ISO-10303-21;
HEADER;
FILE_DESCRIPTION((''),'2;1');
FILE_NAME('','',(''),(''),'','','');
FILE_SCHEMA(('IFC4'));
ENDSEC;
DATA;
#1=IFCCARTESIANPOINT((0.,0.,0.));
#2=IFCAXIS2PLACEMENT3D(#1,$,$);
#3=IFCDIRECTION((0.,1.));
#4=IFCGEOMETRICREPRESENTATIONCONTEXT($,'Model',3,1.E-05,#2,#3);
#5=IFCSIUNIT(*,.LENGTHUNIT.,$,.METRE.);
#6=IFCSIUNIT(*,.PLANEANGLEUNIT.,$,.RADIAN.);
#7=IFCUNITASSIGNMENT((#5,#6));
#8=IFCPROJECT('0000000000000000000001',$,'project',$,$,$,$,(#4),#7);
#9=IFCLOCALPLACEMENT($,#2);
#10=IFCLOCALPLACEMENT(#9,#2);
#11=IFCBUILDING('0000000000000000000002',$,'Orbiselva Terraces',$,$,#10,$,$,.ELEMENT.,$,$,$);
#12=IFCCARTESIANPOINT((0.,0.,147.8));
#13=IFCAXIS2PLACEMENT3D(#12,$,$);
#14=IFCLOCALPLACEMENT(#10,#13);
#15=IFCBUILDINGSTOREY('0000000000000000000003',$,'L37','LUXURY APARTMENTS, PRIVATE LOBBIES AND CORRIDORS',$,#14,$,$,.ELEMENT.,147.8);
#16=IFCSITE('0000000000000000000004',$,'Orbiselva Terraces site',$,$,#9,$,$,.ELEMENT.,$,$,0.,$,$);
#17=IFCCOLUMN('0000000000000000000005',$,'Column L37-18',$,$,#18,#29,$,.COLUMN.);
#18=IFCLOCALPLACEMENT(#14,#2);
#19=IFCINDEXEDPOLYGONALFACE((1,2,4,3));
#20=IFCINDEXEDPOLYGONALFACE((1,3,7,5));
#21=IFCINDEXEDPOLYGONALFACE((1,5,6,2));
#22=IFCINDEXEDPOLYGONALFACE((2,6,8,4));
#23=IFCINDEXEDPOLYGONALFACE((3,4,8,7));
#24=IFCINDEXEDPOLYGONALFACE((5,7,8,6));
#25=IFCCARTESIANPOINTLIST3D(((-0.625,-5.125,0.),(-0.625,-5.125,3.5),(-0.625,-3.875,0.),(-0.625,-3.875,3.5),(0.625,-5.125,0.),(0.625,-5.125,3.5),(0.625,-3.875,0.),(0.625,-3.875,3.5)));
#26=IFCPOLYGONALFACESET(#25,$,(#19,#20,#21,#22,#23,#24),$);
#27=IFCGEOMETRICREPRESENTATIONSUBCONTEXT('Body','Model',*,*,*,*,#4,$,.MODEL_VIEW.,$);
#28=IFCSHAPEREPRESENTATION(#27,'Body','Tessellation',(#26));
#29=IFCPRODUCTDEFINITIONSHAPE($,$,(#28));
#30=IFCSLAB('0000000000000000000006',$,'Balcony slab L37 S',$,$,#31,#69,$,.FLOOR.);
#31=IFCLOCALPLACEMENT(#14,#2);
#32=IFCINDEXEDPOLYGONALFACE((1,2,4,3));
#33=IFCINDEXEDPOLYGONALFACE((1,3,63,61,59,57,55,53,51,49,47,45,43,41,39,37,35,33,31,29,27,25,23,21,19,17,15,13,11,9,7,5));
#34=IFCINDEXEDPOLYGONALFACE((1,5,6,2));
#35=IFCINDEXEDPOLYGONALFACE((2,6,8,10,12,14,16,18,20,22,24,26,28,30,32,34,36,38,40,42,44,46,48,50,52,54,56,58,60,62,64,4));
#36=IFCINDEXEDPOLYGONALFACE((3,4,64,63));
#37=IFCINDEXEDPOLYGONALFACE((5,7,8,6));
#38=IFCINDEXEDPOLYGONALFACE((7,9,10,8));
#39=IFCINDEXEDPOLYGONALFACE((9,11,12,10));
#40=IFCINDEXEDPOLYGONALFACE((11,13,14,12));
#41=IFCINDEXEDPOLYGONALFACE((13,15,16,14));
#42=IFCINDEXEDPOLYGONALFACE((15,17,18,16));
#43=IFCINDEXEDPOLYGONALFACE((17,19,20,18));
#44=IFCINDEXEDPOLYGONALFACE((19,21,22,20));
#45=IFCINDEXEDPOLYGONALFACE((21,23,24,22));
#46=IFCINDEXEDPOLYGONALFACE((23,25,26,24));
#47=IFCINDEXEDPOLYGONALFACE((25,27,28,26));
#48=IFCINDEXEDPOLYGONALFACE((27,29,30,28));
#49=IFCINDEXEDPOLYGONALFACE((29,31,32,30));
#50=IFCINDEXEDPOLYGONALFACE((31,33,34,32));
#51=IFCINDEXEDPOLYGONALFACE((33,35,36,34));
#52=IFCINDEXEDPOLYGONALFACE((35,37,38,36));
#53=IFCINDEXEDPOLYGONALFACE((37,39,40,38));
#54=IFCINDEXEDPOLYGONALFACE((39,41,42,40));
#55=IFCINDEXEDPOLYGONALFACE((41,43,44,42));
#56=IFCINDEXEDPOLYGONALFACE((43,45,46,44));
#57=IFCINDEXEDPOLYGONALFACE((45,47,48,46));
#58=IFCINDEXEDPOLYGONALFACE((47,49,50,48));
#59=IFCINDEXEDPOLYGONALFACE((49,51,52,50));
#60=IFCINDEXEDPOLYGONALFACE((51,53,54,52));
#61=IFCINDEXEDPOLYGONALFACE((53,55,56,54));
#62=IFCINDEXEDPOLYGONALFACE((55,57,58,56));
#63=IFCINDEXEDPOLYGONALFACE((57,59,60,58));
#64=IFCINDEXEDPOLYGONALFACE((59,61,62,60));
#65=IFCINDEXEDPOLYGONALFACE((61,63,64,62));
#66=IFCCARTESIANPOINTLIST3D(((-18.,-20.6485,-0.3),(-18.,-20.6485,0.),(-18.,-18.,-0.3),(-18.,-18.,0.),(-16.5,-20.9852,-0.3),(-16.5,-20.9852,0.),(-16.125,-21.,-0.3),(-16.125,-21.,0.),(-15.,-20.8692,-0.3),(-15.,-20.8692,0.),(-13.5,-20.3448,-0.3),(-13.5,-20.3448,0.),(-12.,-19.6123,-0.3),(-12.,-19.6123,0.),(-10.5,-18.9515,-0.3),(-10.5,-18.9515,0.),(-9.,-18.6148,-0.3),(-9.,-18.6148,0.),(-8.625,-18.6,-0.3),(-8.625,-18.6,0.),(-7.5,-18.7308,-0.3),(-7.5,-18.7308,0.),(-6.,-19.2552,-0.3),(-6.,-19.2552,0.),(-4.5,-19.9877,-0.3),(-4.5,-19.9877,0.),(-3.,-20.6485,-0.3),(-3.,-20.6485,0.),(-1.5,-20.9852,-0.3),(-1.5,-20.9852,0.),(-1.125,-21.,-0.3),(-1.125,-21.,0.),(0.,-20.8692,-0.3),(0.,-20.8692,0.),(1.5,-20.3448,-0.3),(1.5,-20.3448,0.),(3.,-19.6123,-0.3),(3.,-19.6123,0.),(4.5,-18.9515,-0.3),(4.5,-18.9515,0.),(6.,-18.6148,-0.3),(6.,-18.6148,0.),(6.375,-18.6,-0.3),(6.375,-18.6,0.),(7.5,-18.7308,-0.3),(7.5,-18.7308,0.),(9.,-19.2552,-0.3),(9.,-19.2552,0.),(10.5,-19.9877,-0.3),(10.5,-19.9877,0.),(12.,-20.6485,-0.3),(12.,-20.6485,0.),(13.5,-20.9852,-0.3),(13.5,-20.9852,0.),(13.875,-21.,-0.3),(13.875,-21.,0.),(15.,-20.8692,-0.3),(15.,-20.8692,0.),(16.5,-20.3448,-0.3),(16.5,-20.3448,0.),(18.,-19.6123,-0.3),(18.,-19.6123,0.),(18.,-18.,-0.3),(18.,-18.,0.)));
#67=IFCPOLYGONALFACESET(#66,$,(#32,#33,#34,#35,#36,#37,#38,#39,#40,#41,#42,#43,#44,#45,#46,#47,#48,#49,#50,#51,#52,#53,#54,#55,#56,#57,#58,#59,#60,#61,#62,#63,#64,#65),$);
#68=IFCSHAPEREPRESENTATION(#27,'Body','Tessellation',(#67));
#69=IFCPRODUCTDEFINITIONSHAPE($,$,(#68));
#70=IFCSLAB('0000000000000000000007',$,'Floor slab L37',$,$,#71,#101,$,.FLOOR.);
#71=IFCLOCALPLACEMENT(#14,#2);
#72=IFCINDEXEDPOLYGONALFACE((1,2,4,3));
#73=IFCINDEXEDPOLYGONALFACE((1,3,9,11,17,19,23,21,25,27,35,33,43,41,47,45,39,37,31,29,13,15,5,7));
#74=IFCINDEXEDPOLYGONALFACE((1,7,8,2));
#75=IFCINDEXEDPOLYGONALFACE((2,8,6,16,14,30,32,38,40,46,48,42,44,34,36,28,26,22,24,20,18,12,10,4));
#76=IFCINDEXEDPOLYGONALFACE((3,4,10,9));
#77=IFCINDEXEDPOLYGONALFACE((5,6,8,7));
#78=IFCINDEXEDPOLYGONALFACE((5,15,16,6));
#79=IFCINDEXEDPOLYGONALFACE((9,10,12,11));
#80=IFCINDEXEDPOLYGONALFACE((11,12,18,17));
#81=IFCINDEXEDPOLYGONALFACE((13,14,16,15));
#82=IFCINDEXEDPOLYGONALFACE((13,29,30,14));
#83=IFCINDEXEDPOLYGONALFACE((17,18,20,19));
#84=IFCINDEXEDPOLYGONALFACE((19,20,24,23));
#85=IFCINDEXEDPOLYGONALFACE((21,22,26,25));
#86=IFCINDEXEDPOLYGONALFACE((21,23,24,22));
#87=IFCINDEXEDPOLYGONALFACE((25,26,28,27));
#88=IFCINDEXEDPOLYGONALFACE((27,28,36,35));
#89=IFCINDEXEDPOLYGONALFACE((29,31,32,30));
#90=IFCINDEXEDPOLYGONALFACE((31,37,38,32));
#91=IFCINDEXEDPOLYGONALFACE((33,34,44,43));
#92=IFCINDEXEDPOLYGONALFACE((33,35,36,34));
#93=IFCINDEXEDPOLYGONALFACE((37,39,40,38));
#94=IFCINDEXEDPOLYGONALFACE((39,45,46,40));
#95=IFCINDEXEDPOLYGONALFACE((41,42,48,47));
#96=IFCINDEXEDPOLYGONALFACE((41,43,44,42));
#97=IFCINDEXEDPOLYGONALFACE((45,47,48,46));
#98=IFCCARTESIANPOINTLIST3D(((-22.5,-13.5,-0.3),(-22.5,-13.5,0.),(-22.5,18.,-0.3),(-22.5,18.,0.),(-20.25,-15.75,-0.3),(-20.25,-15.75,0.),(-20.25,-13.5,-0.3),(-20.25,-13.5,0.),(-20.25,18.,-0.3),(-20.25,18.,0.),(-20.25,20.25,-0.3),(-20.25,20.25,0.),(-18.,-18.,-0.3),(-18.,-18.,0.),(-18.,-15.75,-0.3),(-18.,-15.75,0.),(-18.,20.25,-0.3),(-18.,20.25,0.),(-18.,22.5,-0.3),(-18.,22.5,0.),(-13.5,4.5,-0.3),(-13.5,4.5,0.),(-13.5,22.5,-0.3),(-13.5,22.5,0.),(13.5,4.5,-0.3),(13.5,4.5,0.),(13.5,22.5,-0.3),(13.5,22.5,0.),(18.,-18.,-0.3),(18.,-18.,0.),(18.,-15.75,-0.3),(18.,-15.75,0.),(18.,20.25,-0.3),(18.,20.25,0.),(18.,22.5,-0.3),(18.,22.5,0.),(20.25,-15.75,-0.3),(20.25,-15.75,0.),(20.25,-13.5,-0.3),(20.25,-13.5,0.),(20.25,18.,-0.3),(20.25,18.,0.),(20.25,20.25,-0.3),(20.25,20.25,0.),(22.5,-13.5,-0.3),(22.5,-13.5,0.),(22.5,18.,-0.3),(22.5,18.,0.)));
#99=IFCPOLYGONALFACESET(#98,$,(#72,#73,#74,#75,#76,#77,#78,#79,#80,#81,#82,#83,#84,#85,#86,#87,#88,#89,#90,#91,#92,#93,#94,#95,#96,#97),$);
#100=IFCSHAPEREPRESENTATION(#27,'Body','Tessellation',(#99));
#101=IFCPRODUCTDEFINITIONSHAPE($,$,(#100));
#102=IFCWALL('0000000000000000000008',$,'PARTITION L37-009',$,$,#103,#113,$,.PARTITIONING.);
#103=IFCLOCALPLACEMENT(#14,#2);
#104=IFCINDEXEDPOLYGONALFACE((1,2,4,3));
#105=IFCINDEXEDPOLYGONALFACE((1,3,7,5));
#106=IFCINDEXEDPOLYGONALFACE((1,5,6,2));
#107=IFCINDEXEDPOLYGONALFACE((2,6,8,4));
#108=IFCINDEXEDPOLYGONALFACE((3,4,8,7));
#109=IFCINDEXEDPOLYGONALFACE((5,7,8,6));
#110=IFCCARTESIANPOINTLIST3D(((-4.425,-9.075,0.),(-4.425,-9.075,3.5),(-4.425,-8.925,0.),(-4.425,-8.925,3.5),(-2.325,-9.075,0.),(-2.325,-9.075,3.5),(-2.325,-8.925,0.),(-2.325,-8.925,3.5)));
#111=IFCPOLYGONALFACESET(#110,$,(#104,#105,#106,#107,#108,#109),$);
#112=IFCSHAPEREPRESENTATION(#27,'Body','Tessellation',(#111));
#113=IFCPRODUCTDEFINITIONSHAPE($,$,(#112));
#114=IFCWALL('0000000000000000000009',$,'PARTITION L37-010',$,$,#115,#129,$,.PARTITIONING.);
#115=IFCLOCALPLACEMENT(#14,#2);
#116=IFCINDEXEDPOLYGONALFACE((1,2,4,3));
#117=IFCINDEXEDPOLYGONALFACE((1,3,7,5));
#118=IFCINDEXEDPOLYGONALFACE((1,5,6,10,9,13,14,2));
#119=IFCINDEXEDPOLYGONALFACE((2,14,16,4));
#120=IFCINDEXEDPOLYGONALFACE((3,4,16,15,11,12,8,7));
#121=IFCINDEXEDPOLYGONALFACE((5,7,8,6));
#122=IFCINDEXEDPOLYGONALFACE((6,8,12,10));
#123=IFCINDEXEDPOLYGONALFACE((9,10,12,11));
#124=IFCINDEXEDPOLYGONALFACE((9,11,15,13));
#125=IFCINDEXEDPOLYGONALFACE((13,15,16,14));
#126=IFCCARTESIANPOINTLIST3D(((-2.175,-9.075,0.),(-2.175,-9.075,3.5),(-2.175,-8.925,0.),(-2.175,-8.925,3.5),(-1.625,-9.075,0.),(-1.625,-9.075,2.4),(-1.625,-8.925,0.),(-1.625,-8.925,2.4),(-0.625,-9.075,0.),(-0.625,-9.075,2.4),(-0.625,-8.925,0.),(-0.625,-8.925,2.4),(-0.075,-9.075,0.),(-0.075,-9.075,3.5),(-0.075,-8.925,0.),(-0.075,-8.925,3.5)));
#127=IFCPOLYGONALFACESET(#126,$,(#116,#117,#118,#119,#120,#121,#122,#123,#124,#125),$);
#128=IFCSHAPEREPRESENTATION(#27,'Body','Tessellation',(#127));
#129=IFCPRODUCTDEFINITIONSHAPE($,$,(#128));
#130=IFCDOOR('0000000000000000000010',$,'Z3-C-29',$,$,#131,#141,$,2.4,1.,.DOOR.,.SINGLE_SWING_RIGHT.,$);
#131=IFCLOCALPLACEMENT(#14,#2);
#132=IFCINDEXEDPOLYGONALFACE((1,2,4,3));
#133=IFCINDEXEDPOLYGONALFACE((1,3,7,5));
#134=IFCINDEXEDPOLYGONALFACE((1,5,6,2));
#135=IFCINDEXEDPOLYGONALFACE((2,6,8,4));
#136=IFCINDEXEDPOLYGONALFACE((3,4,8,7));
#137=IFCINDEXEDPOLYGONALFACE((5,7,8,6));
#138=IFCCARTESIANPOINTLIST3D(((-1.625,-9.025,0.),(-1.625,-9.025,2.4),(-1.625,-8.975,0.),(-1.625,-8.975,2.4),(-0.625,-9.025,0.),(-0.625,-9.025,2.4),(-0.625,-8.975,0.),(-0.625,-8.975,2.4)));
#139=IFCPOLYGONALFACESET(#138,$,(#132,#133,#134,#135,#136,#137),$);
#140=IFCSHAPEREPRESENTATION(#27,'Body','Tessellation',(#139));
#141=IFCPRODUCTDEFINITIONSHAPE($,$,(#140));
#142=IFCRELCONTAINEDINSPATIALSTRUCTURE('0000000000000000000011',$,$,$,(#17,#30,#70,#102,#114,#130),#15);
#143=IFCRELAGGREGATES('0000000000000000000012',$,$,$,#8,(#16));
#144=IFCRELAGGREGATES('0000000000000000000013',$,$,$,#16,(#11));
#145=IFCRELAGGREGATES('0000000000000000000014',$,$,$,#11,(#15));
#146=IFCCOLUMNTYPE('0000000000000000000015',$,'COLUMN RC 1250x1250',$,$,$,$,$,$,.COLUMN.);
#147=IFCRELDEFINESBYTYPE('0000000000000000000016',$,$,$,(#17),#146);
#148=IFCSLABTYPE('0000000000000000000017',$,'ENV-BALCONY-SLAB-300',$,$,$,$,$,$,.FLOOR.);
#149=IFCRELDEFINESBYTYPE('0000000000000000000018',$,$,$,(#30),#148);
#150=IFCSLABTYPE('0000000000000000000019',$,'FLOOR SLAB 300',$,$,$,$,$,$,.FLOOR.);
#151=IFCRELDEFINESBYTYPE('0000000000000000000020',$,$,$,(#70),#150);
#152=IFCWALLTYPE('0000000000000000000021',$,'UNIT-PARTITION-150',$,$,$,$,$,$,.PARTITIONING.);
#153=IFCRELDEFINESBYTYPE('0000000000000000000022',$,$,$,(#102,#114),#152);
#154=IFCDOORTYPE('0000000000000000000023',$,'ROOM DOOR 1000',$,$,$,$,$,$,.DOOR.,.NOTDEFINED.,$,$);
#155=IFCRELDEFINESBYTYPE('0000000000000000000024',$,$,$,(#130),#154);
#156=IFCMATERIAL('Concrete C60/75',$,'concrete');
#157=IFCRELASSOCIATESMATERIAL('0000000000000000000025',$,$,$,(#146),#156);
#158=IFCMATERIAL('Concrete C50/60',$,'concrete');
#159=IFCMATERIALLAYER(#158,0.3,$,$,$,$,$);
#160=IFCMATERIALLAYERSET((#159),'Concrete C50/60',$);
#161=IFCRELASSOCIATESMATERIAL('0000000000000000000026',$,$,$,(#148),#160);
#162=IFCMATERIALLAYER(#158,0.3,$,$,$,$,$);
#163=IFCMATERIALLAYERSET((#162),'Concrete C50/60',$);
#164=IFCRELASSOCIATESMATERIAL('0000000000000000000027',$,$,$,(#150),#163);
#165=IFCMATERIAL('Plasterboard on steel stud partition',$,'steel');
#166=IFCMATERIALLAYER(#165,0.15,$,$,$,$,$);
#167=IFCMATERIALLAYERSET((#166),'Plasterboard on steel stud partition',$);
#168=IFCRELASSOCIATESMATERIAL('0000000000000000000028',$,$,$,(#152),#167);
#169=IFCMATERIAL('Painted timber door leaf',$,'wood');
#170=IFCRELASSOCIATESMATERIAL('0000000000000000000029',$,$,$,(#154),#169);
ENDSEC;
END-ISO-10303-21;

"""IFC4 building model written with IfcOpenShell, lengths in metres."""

from ifc_helpers import new_model, si_unit, direction, frame, frame_2d, origin, origin_2d, place, context, subcontext, project, spatial, polyline, rectangle, outline, extrude, material, layer, layer_set, material_profile, profile_set, type_object, element, fill, save


model = new_model("IFC4")

# Units and contexts
model_context = context("Model", 3, precision=1e-05, world=origin(), true_north=direction((0.0, 1.0)))
body_context = subcontext(model_context, "Body", "Model", "MODEL_VIEW")
ifc_project = project(units=[si_unit("LENGTHUNIT", "METRE"), si_unit("PLANEANGLEUNIT", "RADIAN")], contexts=[model_context])

# Site, building, storey
site_placement = place(None, origin())
site = spatial("IfcSite", under=ifc_project, at=site_placement, Name="Orbiselva Terraces site", CompositionType="ELEMENT", RefElevation=0.0)
building_placement = place(site_placement, origin())
building = spatial("IfcBuilding", under=site, at=building_placement, Name="Orbiselva Terraces", CompositionType="ELEMENT")
storey_placement = place(building_placement, frame((0.0, 0.0, 147.8)))
storey = spatial("IfcBuildingStorey", under=building, at=storey_placement, Name="L37", Description="LUXURY APARTMENTS, PRIVATE LOBBIES AND CORRIDORS", CompositionType="ELEMENT", Elevation=147.8)

# Column
ifc_material_1 = material(Name="Concrete C60/75", Category="concrete")
ifc_material_profile = material_profile(ifc_material_1, rectangle(XDim=1.25, YDim=1.25, at=origin_2d()), Name="RC 1250x1250")
ifc_profile_set = profile_set([ifc_material_profile], Name="Concrete C60/75")
column_type = type_object("IfcColumnType", Name="COLUMN RC 1250x1250", PredefinedType="COLUMN", material=ifc_profile_set)
column_placement = place(storey_placement, frame((0.0, -4.5, 0.0), z_axis=(0.0, 0.0, 1.0), x_axis=(1.0, 0.0, 0.0)))
element("IfcColumn", 1, at=column_placement, inside=storey, type_object=column_type, Name="Column L37-18", PredefinedType="COLUMN", context=body_context, shape_type="SweptSolid", body=[
    extrude(rectangle(XDim=1.25, YDim=1.25, at=origin_2d()), origin(), (0.0, 0.0, 1.0), 3.5),
])

# Slabs
ifc_material_2 = material(Name="Concrete C50/60", Category="concrete")
ifc_layer_1 = layer(ifc_material_2, 0.3)
ifc_layer_set_1 = layer_set([ifc_layer_1], Name="Concrete C50/60")
slab_type_1 = type_object("IfcSlabType", Name="ENV-BALCONY-SLAB-300", PredefinedType="FLOOR", material=ifc_layer_set_1)
slab_1_placement = place(storey_placement, frame((0.0, 0.0, -0.3)))
element("IfcSlab", 2, at=slab_1_placement, inside=storey, type_object=slab_type_1, Name="Balcony slab L37 S", PredefinedType="FLOOR", context=body_context, shape_type="SweptSolid", body=[
    extrude(outline(polyline([(-18.0, -20.6485), (-16.5, -20.9852), (-16.125, -21.0), (-15.0, -20.8692), (-13.5, -20.3448), (-12.0, -19.6123), (-10.5, -18.9515), (-9.0, -18.6148), (-8.625, -18.6), (-7.5, -18.7308), (-6.0, -19.2552), (-4.5, -19.9877), (-3.0, -20.6485), (-1.5, -20.9852), (-1.125, -21.0), (0.0, -20.8692), (1.5, -20.3448), (3.0, -19.6123), (4.5, -18.9515), (6.0, -18.6148), (6.375, -18.6), (7.5, -18.7308), (9.0, -19.2552), (10.5, -19.9877), (12.0, -20.6485), (13.5, -20.9852), (13.875, -21.0), (15.0, -20.8692), (16.5, -20.3448), (18.0, -19.6123), (18.0, -18.0), (-18.0, -18.0), (-18.0, -20.6485)])), origin(), (0.0, 0.0, 1.0), 0.3),
])
ifc_layer_2 = layer(ifc_material_2, 0.3)
ifc_layer_set_2 = layer_set([ifc_layer_2], Name="Concrete C50/60")
slab_type_2 = type_object("IfcSlabType", Name="FLOOR SLAB 300", PredefinedType="FLOOR", material=ifc_layer_set_2)
slab_2_placement = place(storey_placement, frame((0.0, 0.0, -0.3)))
element("IfcSlab", 3, at=slab_2_placement, inside=storey, type_object=slab_type_2, Name="Floor slab L37", PredefinedType="FLOOR", context=body_context, shape_type="SweptSolid", body=[
    extrude(outline(polyline([(18.0, 22.5), (18.0, 20.25), (20.25, 20.25), (20.25, 18.0), (22.5, 18.0), (22.5, -13.5), (20.25, -13.5), (20.25, -15.75), (18.0, -15.75), (18.0, -18.0), (-18.0, -18.0), (-18.0, -15.75), (-20.25, -15.75), (-20.25, -13.5), (-22.5, -13.5), (-22.5, 18.0), (-20.25, 18.0), (-20.25, 20.25), (-18.0, 20.25), (-18.0, 22.5), (-13.5, 22.5), (-13.5, 4.5), (13.5, 4.5), (13.5, 22.5), (18.0, 22.5)])), origin(), (0.0, 0.0, 1.0), 0.3),
])

# Wall
ifc_material_3 = material(Name="Plasterboard on steel stud partition", Category="steel")
ifc_layer_3 = layer(ifc_material_3, 0.15)
ifc_layer_set_3 = layer_set([ifc_layer_3], Name="Plasterboard on steel stud partition")
wall_type = type_object("IfcWallType", Name="UNIT-PARTITION-150", PredefinedType="PARTITIONING", material=ifc_layer_set_3)
wall_1_placement = place(storey_placement, frame((-4.425, -9.0, 0.0), z_axis=(0.0, 0.0, 1.0), x_axis=(1.0, 0.0, 0.0)))
element("IfcWall", 4, at=wall_1_placement, inside=storey, type_object=wall_type, Name="PARTITION L37-009", PredefinedType="PARTITIONING", context=body_context, shape_type="SweptSolid", body=[
    extrude(rectangle(XDim=2.1, YDim=0.15, at=frame_2d((1.05, 0.0))), origin(), (0.0, 0.0, 1.0), 3.5),
])

# Wall, opening, door
wall_2_placement = place(storey_placement, frame((-0.075, -9.0, 0.0), z_axis=(0.0, 0.0, 1.0), x_axis=(-1.0, 0.0, 0.0)))
wall_2 = element("IfcWall", 5, at=wall_2_placement, inside=storey, type_object=wall_type, Name="PARTITION L37-010", PredefinedType="PARTITIONING", context=body_context, shape_type="SweptSolid", body=[
    extrude(rectangle(XDim=2.1, YDim=0.15, at=frame_2d((1.05, 0.0))), origin(), (0.0, 0.0, 1.0), 3.5),
])
opening_1_placement = place(wall_2_placement, frame((0.55, 0.0, 0.0)))
opening_1 = element("IfcOpeningElement", 6, at=opening_1_placement, cuts=wall_2, PredefinedType="OPENING", context=body_context, shape_type="SweptSolid", body=[
    extrude(rectangle(XDim=1.0, YDim=2.4, at=frame_2d((0.5, 1.2))), frame((0.0, 0.085, 0.0), z_axis=(0.0, -1.0, 0.0), x_axis=(1.0, 0.0, 0.0)), (0.0, 0.0, 1.0), 0.17),
])
ifc_material_4 = material(Name="Painted timber door leaf", Category="wood")
door_type_1 = type_object("IfcDoorType", Name="ROOM DOOR 1000", OperationType="NOTDEFINED", PredefinedType="DOOR", material=ifc_material_4)
door_1_placement = place(opening_1_placement, origin())
door_1 = element("IfcDoor", 7, at=door_1_placement, inside=storey, type_object=door_type_1, Name="Z3-C-29", OperationType="SINGLE_SWING_RIGHT", OverallHeight=2.4, OverallWidth=1.0, PredefinedType="DOOR", context=body_context, shape_type="SweptSolid", body=[
    extrude(rectangle(XDim=1.0, YDim=2.4, at=frame_2d((0.5, 1.2))), frame((0.0, 0.025, 0.0), z_axis=(0.0, -1.0, 0.0), x_axis=(1.0, 0.0, 0.0)), (0.0, 0.0, 1.0), 0.05),
])
fill(opening_1, door_1)

save(model, "model.ifc")
